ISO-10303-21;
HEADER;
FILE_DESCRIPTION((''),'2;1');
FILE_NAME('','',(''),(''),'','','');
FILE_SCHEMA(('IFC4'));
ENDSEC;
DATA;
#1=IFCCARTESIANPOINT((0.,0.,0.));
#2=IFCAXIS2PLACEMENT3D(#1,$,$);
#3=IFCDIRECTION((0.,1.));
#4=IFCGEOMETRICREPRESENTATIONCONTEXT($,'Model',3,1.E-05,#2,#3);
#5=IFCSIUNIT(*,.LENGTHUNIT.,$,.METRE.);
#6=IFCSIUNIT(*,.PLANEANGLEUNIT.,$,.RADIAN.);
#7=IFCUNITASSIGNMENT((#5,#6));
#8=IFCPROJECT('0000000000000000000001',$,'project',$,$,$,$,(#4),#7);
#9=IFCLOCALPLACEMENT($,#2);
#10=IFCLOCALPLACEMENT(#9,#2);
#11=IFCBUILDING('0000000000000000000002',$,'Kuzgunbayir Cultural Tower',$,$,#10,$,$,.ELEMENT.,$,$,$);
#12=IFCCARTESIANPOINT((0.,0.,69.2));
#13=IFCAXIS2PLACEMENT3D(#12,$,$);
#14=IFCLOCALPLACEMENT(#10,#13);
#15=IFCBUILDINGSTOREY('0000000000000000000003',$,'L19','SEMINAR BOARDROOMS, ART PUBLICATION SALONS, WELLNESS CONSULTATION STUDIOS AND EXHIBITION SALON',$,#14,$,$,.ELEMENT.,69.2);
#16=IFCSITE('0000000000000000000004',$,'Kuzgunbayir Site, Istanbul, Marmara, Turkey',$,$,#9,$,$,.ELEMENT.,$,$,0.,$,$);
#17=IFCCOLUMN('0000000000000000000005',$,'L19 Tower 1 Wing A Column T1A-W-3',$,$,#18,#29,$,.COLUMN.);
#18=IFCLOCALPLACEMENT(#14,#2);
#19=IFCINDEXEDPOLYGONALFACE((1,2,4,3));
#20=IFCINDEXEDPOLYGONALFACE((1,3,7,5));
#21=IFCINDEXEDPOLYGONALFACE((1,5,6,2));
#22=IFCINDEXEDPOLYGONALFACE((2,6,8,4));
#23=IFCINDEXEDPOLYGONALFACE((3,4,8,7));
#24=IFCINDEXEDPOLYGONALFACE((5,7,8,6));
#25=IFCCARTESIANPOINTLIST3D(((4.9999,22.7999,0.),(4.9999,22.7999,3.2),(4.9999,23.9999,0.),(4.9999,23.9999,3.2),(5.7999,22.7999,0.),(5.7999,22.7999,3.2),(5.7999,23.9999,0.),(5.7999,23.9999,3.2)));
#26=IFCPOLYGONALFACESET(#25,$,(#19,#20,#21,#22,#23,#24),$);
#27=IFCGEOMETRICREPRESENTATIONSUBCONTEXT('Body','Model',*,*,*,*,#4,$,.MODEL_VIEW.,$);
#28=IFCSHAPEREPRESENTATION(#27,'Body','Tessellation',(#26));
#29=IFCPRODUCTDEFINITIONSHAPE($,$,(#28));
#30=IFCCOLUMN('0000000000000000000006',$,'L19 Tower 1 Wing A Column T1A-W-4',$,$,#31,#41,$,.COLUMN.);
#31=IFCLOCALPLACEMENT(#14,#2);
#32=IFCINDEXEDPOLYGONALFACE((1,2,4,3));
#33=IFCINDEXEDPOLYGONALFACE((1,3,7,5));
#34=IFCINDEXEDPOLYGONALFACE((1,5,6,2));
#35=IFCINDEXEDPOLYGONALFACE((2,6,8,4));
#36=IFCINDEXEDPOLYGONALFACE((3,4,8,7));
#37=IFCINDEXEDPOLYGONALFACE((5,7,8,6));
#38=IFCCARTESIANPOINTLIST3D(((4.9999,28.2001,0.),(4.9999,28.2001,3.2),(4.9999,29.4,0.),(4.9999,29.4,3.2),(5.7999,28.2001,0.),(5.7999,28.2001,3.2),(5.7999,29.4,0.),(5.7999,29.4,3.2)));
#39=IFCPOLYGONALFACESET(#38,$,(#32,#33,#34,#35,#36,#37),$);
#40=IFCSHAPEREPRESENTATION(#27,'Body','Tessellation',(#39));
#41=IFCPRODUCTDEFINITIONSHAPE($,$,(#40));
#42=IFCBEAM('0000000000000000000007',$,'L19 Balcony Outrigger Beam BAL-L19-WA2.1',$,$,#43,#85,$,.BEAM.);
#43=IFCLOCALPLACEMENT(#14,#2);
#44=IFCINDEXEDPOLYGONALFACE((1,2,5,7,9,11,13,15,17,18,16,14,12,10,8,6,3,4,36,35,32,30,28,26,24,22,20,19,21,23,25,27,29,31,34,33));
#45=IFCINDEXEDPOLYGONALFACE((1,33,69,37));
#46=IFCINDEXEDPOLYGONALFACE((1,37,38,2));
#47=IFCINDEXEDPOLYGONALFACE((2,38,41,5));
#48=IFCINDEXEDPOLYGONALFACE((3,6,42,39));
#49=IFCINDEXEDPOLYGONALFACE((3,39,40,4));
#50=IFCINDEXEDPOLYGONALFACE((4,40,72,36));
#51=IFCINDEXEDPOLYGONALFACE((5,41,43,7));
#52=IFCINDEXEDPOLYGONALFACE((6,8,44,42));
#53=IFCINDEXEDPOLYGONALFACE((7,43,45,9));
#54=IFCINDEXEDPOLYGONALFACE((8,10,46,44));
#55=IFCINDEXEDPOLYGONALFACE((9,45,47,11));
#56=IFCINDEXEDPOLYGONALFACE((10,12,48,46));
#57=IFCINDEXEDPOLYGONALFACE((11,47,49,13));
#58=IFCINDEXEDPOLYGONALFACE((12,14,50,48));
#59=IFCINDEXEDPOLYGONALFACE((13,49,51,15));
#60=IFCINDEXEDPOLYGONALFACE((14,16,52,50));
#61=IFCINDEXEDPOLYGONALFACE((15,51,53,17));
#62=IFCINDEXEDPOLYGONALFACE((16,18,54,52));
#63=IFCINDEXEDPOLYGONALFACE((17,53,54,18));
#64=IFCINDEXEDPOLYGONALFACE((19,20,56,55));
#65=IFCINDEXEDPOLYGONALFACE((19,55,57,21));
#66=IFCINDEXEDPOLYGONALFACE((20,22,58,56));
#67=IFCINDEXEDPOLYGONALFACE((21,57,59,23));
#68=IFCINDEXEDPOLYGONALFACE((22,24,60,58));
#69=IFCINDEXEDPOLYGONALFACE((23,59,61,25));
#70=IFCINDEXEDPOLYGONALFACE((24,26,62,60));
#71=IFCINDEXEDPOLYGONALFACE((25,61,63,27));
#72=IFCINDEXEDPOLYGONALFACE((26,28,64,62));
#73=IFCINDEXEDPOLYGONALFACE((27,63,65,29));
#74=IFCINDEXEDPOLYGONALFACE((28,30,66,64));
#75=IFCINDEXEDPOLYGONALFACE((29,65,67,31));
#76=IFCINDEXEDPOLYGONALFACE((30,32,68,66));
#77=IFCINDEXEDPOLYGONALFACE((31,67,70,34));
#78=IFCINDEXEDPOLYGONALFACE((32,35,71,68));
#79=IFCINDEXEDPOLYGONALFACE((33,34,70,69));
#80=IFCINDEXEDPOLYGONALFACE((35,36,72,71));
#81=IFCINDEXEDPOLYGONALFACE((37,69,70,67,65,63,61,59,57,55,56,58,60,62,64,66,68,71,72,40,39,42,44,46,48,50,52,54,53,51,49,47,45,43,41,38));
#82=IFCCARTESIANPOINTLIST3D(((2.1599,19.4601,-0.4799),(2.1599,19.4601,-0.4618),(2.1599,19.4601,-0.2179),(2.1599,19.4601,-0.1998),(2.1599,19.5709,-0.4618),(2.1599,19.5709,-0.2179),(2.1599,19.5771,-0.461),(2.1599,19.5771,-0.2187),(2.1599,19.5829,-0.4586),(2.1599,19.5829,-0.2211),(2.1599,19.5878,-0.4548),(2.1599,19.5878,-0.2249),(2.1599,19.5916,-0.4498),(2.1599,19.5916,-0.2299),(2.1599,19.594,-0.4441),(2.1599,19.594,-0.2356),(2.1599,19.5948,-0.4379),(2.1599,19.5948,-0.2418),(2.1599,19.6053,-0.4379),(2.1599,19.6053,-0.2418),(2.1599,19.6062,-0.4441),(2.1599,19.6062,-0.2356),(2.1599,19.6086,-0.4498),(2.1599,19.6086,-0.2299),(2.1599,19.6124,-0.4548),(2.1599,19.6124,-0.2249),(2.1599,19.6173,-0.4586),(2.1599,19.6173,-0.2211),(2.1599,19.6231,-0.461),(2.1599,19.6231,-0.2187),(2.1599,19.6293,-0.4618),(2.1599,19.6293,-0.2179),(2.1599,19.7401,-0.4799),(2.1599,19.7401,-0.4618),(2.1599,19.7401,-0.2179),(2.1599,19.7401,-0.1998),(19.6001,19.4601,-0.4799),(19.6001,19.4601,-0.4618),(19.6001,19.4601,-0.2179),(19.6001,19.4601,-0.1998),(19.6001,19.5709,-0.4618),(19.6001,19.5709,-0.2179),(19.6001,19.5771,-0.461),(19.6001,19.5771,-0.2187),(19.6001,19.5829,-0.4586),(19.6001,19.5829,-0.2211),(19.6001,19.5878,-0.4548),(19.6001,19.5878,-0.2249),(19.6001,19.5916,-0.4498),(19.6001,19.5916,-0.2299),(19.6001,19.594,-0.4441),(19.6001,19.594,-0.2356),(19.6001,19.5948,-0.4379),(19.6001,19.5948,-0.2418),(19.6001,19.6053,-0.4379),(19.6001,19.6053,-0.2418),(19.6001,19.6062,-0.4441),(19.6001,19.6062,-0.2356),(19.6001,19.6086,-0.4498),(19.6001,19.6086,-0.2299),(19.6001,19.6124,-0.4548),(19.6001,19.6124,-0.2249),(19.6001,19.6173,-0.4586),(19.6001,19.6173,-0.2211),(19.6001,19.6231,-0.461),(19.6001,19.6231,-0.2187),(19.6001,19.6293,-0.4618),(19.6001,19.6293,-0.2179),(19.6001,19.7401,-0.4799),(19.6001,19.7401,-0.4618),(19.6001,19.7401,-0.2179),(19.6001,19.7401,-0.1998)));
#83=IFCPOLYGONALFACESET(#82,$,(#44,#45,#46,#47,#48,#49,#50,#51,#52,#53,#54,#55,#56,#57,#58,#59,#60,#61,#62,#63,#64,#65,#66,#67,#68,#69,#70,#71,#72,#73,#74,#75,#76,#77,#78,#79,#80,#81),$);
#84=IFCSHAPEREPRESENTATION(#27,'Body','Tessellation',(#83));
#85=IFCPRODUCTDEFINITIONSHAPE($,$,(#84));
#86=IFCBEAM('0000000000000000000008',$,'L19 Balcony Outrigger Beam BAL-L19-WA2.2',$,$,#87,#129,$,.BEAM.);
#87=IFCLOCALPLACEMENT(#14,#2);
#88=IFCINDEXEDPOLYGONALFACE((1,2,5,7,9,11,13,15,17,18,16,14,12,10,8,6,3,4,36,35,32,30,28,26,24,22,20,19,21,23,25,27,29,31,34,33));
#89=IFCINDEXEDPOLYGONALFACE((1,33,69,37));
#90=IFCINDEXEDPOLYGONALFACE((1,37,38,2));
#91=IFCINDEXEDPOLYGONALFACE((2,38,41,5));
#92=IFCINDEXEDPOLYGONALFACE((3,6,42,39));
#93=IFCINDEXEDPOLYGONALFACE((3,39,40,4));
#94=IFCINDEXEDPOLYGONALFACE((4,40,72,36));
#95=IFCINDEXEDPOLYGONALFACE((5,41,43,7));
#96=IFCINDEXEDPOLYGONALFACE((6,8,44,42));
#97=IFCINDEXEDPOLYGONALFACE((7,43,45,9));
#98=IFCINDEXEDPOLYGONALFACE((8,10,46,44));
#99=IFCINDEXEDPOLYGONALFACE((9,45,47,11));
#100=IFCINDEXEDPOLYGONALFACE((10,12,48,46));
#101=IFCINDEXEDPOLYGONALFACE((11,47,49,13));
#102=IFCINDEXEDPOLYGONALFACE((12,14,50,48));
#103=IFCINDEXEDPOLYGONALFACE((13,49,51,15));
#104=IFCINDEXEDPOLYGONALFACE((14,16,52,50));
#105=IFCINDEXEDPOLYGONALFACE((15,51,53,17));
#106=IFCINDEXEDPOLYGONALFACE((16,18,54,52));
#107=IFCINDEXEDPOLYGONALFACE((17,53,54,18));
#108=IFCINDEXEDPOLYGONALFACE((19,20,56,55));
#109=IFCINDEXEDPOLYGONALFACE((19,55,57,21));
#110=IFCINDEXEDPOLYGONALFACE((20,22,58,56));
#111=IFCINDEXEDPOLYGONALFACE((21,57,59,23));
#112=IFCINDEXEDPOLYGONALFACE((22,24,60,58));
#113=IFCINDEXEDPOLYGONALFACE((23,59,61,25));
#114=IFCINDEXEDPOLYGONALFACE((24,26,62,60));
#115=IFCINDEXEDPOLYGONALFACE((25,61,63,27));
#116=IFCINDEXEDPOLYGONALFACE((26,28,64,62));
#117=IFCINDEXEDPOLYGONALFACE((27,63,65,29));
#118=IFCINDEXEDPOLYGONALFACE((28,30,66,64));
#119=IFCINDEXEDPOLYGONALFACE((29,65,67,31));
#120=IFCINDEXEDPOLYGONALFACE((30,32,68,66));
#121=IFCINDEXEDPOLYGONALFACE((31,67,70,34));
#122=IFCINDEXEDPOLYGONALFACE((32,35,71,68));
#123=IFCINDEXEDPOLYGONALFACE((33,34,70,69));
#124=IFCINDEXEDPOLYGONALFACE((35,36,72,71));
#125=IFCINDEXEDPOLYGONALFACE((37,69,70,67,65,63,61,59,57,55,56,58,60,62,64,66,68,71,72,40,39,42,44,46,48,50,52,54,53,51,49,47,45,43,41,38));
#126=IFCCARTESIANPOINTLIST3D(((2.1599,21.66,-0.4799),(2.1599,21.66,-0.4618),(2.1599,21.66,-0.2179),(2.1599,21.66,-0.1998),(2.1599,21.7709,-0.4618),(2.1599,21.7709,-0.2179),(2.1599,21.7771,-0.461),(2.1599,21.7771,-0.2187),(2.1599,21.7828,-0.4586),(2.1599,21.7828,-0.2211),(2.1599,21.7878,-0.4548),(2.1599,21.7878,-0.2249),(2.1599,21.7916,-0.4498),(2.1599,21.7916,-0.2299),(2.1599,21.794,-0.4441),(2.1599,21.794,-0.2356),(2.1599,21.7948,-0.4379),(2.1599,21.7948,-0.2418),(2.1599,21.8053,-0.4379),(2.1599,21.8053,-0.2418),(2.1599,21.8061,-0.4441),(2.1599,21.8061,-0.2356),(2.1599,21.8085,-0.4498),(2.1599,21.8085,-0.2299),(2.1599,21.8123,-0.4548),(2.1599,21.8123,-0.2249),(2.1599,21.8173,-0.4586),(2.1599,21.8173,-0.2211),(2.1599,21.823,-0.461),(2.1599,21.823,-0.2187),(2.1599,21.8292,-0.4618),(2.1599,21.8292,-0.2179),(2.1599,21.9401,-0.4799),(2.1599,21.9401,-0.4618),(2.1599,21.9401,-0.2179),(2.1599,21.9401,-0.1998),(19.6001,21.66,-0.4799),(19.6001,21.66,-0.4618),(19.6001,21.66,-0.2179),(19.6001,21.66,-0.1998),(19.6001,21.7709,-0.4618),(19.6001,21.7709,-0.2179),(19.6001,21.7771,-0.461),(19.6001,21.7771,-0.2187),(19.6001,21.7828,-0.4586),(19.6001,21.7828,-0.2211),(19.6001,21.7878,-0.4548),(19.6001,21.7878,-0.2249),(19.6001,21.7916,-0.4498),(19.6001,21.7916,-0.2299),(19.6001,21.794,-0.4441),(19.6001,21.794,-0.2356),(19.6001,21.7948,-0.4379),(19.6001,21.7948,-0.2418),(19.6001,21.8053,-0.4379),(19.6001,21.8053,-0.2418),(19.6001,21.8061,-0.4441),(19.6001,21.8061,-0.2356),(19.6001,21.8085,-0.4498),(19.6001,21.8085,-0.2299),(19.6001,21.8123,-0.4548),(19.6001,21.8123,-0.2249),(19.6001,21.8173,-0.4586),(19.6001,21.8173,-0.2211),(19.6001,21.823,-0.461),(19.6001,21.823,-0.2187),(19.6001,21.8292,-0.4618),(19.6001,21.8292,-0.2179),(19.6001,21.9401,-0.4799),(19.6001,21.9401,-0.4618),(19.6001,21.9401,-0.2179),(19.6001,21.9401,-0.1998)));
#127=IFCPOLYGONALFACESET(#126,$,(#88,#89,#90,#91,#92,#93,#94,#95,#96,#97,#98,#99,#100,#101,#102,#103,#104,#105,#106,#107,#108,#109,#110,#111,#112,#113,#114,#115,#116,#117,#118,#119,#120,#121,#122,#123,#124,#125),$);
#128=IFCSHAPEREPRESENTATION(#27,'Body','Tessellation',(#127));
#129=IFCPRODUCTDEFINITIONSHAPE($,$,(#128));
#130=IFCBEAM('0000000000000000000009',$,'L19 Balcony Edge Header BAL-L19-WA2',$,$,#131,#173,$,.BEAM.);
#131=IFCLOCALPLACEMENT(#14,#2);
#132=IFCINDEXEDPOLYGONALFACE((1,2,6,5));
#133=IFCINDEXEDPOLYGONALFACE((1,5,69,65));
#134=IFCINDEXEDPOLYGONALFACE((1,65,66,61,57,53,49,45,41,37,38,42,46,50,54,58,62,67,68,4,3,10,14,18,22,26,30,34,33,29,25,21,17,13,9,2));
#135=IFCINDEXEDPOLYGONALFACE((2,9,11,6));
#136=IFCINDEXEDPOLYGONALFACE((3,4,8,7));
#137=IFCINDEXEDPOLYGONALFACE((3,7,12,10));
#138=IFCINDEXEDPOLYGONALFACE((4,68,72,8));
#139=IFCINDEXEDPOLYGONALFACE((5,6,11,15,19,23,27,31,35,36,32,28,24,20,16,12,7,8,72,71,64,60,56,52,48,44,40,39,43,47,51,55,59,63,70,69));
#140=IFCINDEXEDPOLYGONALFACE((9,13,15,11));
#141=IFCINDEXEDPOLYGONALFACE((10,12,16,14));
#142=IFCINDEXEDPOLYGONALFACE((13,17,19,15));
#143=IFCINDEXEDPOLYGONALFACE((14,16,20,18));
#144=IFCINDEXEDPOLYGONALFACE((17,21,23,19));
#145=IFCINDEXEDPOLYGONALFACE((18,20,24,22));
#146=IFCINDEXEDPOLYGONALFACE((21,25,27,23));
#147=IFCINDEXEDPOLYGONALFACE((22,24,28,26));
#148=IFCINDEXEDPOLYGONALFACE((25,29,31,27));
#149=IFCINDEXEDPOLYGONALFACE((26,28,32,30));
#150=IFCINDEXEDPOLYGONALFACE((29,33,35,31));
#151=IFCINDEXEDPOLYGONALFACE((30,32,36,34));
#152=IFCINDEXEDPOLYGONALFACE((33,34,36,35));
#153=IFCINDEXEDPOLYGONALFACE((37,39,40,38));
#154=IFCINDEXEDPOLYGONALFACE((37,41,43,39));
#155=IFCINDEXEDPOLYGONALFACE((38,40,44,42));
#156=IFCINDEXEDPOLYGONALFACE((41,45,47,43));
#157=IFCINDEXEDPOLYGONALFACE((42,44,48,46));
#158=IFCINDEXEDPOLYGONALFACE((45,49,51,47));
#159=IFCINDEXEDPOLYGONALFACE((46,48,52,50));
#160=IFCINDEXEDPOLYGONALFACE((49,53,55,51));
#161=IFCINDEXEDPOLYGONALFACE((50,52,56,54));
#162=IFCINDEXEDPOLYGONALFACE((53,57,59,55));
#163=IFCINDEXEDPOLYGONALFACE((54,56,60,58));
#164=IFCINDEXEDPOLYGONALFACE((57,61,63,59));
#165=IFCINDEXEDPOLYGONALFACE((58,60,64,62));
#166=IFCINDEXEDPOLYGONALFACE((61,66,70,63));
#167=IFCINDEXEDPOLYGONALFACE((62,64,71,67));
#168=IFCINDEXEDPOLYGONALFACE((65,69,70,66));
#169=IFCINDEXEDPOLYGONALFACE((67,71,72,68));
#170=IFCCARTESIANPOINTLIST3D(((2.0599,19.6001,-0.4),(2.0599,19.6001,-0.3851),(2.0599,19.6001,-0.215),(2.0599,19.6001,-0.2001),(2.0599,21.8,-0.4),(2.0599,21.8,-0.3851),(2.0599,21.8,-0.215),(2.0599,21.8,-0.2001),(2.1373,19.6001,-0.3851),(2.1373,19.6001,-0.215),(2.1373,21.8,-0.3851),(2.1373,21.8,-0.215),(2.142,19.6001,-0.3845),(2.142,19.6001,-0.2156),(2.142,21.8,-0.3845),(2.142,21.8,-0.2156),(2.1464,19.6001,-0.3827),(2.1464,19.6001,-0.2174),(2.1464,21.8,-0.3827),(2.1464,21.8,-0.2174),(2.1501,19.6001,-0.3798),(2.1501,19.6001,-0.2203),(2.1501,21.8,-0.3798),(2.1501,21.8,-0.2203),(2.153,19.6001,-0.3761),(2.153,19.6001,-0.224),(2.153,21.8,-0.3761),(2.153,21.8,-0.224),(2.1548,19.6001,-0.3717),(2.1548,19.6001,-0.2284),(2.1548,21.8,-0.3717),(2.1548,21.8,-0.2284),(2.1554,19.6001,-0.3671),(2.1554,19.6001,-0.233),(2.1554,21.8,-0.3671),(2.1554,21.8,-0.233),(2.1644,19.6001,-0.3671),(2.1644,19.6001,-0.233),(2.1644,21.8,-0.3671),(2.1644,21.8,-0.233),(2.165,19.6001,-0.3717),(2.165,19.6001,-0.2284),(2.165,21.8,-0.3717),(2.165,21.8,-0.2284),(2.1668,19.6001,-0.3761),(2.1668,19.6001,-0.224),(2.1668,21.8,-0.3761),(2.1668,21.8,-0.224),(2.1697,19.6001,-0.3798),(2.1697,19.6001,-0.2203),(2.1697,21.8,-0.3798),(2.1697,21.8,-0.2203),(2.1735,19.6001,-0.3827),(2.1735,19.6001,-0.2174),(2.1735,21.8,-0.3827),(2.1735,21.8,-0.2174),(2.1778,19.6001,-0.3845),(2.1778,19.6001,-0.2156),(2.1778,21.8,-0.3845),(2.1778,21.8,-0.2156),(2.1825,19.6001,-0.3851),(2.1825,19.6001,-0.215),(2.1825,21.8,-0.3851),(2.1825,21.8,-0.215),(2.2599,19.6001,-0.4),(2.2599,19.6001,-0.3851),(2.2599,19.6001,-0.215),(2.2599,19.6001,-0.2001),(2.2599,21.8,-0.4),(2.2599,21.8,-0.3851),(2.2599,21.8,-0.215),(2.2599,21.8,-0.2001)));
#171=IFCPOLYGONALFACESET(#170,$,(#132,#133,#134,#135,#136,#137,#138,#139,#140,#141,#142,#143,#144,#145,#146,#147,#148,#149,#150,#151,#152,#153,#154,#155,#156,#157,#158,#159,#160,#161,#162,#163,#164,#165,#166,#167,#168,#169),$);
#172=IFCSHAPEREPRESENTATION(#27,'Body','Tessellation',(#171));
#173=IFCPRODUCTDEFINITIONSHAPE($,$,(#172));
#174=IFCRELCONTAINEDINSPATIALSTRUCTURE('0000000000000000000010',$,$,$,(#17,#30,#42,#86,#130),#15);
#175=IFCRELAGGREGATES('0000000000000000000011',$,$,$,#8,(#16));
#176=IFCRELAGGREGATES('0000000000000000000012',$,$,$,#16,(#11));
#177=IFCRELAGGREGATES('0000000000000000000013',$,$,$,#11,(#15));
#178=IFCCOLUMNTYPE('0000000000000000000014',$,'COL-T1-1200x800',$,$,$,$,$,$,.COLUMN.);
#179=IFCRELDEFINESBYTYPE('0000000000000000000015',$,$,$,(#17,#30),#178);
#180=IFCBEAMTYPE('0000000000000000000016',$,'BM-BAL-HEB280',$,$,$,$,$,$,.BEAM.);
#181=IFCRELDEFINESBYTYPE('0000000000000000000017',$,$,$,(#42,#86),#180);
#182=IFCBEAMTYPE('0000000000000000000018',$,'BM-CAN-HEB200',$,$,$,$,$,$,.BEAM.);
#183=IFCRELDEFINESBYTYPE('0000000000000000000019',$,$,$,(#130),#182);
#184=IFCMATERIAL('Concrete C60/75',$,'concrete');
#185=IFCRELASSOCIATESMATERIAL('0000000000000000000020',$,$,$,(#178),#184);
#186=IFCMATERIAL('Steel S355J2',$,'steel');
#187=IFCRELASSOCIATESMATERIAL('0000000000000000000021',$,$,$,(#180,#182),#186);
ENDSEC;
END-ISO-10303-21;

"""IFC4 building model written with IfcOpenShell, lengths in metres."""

from ifc_helpers import new_model, si_unit, direction, frame, origin, origin_2d, place, context, subcontext, project, spatial, rectangle, i_section, extrude, material, material_profile, profile_set, type_object, element, save


model = new_model("IFC4")

# Units and contexts
model_context = context("Model", 3, precision=1e-05, world=origin(), true_north=direction((0.0, 1.0)))
body_context = subcontext(model_context, "Body", "Model", "MODEL_VIEW")
ifc_project = project(units=[si_unit("LENGTHUNIT", "METRE"), si_unit("PLANEANGLEUNIT", "RADIAN")], contexts=[model_context])

# Site, building, storey
site_placement = place(None, origin())
site = spatial("IfcSite", under=ifc_project, at=site_placement, Name="Kuzgunbayir Site, Istanbul, Marmara, Turkey", CompositionType="ELEMENT", RefElevation=0.0)
building_placement = place(site_placement, origin())
building = spatial("IfcBuilding", under=site, at=building_placement, Name="Kuzgunbayir Cultural Tower", CompositionType="ELEMENT")
storey_placement = place(building_placement, frame((0.0, 0.0, 69.2)))
storey = spatial("IfcBuildingStorey", under=building, at=storey_placement, Name="L19", Description="SEMINAR BOARDROOMS, ART PUBLICATION SALONS, WELLNESS CONSULTATION STUDIOS AND EXHIBITION SALON", CompositionType="ELEMENT", Elevation=69.2)

# Columns
ifc_material_1 = material(Name="Concrete C60/75", Category="concrete")
ifc_material_profile_1 = material_profile(ifc_material_1, rectangle(XDim=0.8, YDim=1.2, at=origin_2d()), Name="RC 1200x800")
ifc_profile_set_1 = profile_set([ifc_material_profile_1], Name="Concrete C60/75")
column_type = type_object("IfcColumnType", Name="COL-T1-1200x800", PredefinedType="COLUMN", material=ifc_profile_set_1)
for number, where, z_axis, x_axis, name in (
    (1, (5.3999, 23.3999, 0.0), (0.0, 0.0, 1.0), (1.0, 0.0, 0.0), "L19 Tower 1 Wing A Column T1A-W-3"),
    (2, (5.3999, 28.8, 0.0), (0.0, 0.0, 1.0), (1.0, 0.0, 0.0), "L19 Tower 1 Wing A Column T1A-W-4"),
):
    element("IfcColumn", number, at=place(storey_placement, frame(where, z_axis=z_axis, x_axis=x_axis)), inside=storey, type_object=column_type, Name=name, PredefinedType="COLUMN", context=body_context, shape_type="SweptSolid", body=[
        extrude(rectangle(XDim=0.8, YDim=1.2, at=origin_2d()), origin(), (0.0, 0.0, 1.0), 3.2),
    ])

# Beams
ifc_material_2 = material(Name="Steel S355J2", Category="steel")
ifc_material_profile_2 = material_profile(ifc_material_2, i_section(OverallWidth=0.28, OverallDepth=0.28, WebThickness=0.0105, FlangeThickness=0.0181, FilletRadius=0.0239, at=origin_2d()), Name="HEB 280")
ifc_profile_set_2 = profile_set([ifc_material_profile_2], Name="Steel S355J2")
beam_type_1 = type_object("IfcBeamType", Name="BM-BAL-HEB280", PredefinedType="BEAM", material=ifc_profile_set_2)
for number, where, z_axis, x_axis, name in (
    (3, (2.1599, 19.6001, -0.3398), (1.0, 0.0, 0.0), (0.0, 1.0, 0.0), "L19 Balcony Outrigger Beam BAL-L19-WA2.1"),
    (4, (2.1599, 21.8, -0.3398), (1.0, 0.0, 0.0), (0.0, 1.0, 0.0), "L19 Balcony Outrigger Beam BAL-L19-WA2.2"),
):
    element("IfcBeam", number, at=place(storey_placement, frame(where, z_axis=z_axis, x_axis=x_axis)), inside=storey, type_object=beam_type_1, Name=name, PredefinedType="BEAM", context=body_context, shape_type="SweptSolid", body=[
        extrude(i_section(OverallWidth=0.28, OverallDepth=0.28, WebThickness=0.0105, FlangeThickness=0.0181, FilletRadius=0.0239, at=origin_2d()), origin(), (0.0, 0.0, 1.0), 17.4402),
    ])
ifc_material_profile_3 = material_profile(ifc_material_2, i_section(OverallWidth=0.2, OverallDepth=0.2, WebThickness=0.009, FlangeThickness=0.0149, FilletRadius=0.0181, at=origin_2d()), Name="HEB 200")
ifc_profile_set_3 = profile_set([ifc_material_profile_3], Name="Steel S355J2")
beam_type_2 = type_object("IfcBeamType", Name="BM-CAN-HEB200", PredefinedType="BEAM", material=ifc_profile_set_3)
beam_1_placement = place(storey_placement, frame((2.1599, 19.6001, -0.3), z_axis=(0.0, 1.0, 0.0), x_axis=(-1.0, 0.0, 0.0)))
element("IfcBeam", 5, at=beam_1_placement, inside=storey, type_object=beam_type_2, Name="L19 Balcony Edge Header BAL-L19-WA2", PredefinedType="BEAM", context=body_context, shape_type="SweptSolid", body=[
    extrude(i_section(OverallWidth=0.2, OverallDepth=0.2, WebThickness=0.009, FlangeThickness=0.0149, FilletRadius=0.0181, at=origin_2d()), origin(), (0.0, 0.0, 1.0), 2.2),
])

save(model, "model.ifc")
